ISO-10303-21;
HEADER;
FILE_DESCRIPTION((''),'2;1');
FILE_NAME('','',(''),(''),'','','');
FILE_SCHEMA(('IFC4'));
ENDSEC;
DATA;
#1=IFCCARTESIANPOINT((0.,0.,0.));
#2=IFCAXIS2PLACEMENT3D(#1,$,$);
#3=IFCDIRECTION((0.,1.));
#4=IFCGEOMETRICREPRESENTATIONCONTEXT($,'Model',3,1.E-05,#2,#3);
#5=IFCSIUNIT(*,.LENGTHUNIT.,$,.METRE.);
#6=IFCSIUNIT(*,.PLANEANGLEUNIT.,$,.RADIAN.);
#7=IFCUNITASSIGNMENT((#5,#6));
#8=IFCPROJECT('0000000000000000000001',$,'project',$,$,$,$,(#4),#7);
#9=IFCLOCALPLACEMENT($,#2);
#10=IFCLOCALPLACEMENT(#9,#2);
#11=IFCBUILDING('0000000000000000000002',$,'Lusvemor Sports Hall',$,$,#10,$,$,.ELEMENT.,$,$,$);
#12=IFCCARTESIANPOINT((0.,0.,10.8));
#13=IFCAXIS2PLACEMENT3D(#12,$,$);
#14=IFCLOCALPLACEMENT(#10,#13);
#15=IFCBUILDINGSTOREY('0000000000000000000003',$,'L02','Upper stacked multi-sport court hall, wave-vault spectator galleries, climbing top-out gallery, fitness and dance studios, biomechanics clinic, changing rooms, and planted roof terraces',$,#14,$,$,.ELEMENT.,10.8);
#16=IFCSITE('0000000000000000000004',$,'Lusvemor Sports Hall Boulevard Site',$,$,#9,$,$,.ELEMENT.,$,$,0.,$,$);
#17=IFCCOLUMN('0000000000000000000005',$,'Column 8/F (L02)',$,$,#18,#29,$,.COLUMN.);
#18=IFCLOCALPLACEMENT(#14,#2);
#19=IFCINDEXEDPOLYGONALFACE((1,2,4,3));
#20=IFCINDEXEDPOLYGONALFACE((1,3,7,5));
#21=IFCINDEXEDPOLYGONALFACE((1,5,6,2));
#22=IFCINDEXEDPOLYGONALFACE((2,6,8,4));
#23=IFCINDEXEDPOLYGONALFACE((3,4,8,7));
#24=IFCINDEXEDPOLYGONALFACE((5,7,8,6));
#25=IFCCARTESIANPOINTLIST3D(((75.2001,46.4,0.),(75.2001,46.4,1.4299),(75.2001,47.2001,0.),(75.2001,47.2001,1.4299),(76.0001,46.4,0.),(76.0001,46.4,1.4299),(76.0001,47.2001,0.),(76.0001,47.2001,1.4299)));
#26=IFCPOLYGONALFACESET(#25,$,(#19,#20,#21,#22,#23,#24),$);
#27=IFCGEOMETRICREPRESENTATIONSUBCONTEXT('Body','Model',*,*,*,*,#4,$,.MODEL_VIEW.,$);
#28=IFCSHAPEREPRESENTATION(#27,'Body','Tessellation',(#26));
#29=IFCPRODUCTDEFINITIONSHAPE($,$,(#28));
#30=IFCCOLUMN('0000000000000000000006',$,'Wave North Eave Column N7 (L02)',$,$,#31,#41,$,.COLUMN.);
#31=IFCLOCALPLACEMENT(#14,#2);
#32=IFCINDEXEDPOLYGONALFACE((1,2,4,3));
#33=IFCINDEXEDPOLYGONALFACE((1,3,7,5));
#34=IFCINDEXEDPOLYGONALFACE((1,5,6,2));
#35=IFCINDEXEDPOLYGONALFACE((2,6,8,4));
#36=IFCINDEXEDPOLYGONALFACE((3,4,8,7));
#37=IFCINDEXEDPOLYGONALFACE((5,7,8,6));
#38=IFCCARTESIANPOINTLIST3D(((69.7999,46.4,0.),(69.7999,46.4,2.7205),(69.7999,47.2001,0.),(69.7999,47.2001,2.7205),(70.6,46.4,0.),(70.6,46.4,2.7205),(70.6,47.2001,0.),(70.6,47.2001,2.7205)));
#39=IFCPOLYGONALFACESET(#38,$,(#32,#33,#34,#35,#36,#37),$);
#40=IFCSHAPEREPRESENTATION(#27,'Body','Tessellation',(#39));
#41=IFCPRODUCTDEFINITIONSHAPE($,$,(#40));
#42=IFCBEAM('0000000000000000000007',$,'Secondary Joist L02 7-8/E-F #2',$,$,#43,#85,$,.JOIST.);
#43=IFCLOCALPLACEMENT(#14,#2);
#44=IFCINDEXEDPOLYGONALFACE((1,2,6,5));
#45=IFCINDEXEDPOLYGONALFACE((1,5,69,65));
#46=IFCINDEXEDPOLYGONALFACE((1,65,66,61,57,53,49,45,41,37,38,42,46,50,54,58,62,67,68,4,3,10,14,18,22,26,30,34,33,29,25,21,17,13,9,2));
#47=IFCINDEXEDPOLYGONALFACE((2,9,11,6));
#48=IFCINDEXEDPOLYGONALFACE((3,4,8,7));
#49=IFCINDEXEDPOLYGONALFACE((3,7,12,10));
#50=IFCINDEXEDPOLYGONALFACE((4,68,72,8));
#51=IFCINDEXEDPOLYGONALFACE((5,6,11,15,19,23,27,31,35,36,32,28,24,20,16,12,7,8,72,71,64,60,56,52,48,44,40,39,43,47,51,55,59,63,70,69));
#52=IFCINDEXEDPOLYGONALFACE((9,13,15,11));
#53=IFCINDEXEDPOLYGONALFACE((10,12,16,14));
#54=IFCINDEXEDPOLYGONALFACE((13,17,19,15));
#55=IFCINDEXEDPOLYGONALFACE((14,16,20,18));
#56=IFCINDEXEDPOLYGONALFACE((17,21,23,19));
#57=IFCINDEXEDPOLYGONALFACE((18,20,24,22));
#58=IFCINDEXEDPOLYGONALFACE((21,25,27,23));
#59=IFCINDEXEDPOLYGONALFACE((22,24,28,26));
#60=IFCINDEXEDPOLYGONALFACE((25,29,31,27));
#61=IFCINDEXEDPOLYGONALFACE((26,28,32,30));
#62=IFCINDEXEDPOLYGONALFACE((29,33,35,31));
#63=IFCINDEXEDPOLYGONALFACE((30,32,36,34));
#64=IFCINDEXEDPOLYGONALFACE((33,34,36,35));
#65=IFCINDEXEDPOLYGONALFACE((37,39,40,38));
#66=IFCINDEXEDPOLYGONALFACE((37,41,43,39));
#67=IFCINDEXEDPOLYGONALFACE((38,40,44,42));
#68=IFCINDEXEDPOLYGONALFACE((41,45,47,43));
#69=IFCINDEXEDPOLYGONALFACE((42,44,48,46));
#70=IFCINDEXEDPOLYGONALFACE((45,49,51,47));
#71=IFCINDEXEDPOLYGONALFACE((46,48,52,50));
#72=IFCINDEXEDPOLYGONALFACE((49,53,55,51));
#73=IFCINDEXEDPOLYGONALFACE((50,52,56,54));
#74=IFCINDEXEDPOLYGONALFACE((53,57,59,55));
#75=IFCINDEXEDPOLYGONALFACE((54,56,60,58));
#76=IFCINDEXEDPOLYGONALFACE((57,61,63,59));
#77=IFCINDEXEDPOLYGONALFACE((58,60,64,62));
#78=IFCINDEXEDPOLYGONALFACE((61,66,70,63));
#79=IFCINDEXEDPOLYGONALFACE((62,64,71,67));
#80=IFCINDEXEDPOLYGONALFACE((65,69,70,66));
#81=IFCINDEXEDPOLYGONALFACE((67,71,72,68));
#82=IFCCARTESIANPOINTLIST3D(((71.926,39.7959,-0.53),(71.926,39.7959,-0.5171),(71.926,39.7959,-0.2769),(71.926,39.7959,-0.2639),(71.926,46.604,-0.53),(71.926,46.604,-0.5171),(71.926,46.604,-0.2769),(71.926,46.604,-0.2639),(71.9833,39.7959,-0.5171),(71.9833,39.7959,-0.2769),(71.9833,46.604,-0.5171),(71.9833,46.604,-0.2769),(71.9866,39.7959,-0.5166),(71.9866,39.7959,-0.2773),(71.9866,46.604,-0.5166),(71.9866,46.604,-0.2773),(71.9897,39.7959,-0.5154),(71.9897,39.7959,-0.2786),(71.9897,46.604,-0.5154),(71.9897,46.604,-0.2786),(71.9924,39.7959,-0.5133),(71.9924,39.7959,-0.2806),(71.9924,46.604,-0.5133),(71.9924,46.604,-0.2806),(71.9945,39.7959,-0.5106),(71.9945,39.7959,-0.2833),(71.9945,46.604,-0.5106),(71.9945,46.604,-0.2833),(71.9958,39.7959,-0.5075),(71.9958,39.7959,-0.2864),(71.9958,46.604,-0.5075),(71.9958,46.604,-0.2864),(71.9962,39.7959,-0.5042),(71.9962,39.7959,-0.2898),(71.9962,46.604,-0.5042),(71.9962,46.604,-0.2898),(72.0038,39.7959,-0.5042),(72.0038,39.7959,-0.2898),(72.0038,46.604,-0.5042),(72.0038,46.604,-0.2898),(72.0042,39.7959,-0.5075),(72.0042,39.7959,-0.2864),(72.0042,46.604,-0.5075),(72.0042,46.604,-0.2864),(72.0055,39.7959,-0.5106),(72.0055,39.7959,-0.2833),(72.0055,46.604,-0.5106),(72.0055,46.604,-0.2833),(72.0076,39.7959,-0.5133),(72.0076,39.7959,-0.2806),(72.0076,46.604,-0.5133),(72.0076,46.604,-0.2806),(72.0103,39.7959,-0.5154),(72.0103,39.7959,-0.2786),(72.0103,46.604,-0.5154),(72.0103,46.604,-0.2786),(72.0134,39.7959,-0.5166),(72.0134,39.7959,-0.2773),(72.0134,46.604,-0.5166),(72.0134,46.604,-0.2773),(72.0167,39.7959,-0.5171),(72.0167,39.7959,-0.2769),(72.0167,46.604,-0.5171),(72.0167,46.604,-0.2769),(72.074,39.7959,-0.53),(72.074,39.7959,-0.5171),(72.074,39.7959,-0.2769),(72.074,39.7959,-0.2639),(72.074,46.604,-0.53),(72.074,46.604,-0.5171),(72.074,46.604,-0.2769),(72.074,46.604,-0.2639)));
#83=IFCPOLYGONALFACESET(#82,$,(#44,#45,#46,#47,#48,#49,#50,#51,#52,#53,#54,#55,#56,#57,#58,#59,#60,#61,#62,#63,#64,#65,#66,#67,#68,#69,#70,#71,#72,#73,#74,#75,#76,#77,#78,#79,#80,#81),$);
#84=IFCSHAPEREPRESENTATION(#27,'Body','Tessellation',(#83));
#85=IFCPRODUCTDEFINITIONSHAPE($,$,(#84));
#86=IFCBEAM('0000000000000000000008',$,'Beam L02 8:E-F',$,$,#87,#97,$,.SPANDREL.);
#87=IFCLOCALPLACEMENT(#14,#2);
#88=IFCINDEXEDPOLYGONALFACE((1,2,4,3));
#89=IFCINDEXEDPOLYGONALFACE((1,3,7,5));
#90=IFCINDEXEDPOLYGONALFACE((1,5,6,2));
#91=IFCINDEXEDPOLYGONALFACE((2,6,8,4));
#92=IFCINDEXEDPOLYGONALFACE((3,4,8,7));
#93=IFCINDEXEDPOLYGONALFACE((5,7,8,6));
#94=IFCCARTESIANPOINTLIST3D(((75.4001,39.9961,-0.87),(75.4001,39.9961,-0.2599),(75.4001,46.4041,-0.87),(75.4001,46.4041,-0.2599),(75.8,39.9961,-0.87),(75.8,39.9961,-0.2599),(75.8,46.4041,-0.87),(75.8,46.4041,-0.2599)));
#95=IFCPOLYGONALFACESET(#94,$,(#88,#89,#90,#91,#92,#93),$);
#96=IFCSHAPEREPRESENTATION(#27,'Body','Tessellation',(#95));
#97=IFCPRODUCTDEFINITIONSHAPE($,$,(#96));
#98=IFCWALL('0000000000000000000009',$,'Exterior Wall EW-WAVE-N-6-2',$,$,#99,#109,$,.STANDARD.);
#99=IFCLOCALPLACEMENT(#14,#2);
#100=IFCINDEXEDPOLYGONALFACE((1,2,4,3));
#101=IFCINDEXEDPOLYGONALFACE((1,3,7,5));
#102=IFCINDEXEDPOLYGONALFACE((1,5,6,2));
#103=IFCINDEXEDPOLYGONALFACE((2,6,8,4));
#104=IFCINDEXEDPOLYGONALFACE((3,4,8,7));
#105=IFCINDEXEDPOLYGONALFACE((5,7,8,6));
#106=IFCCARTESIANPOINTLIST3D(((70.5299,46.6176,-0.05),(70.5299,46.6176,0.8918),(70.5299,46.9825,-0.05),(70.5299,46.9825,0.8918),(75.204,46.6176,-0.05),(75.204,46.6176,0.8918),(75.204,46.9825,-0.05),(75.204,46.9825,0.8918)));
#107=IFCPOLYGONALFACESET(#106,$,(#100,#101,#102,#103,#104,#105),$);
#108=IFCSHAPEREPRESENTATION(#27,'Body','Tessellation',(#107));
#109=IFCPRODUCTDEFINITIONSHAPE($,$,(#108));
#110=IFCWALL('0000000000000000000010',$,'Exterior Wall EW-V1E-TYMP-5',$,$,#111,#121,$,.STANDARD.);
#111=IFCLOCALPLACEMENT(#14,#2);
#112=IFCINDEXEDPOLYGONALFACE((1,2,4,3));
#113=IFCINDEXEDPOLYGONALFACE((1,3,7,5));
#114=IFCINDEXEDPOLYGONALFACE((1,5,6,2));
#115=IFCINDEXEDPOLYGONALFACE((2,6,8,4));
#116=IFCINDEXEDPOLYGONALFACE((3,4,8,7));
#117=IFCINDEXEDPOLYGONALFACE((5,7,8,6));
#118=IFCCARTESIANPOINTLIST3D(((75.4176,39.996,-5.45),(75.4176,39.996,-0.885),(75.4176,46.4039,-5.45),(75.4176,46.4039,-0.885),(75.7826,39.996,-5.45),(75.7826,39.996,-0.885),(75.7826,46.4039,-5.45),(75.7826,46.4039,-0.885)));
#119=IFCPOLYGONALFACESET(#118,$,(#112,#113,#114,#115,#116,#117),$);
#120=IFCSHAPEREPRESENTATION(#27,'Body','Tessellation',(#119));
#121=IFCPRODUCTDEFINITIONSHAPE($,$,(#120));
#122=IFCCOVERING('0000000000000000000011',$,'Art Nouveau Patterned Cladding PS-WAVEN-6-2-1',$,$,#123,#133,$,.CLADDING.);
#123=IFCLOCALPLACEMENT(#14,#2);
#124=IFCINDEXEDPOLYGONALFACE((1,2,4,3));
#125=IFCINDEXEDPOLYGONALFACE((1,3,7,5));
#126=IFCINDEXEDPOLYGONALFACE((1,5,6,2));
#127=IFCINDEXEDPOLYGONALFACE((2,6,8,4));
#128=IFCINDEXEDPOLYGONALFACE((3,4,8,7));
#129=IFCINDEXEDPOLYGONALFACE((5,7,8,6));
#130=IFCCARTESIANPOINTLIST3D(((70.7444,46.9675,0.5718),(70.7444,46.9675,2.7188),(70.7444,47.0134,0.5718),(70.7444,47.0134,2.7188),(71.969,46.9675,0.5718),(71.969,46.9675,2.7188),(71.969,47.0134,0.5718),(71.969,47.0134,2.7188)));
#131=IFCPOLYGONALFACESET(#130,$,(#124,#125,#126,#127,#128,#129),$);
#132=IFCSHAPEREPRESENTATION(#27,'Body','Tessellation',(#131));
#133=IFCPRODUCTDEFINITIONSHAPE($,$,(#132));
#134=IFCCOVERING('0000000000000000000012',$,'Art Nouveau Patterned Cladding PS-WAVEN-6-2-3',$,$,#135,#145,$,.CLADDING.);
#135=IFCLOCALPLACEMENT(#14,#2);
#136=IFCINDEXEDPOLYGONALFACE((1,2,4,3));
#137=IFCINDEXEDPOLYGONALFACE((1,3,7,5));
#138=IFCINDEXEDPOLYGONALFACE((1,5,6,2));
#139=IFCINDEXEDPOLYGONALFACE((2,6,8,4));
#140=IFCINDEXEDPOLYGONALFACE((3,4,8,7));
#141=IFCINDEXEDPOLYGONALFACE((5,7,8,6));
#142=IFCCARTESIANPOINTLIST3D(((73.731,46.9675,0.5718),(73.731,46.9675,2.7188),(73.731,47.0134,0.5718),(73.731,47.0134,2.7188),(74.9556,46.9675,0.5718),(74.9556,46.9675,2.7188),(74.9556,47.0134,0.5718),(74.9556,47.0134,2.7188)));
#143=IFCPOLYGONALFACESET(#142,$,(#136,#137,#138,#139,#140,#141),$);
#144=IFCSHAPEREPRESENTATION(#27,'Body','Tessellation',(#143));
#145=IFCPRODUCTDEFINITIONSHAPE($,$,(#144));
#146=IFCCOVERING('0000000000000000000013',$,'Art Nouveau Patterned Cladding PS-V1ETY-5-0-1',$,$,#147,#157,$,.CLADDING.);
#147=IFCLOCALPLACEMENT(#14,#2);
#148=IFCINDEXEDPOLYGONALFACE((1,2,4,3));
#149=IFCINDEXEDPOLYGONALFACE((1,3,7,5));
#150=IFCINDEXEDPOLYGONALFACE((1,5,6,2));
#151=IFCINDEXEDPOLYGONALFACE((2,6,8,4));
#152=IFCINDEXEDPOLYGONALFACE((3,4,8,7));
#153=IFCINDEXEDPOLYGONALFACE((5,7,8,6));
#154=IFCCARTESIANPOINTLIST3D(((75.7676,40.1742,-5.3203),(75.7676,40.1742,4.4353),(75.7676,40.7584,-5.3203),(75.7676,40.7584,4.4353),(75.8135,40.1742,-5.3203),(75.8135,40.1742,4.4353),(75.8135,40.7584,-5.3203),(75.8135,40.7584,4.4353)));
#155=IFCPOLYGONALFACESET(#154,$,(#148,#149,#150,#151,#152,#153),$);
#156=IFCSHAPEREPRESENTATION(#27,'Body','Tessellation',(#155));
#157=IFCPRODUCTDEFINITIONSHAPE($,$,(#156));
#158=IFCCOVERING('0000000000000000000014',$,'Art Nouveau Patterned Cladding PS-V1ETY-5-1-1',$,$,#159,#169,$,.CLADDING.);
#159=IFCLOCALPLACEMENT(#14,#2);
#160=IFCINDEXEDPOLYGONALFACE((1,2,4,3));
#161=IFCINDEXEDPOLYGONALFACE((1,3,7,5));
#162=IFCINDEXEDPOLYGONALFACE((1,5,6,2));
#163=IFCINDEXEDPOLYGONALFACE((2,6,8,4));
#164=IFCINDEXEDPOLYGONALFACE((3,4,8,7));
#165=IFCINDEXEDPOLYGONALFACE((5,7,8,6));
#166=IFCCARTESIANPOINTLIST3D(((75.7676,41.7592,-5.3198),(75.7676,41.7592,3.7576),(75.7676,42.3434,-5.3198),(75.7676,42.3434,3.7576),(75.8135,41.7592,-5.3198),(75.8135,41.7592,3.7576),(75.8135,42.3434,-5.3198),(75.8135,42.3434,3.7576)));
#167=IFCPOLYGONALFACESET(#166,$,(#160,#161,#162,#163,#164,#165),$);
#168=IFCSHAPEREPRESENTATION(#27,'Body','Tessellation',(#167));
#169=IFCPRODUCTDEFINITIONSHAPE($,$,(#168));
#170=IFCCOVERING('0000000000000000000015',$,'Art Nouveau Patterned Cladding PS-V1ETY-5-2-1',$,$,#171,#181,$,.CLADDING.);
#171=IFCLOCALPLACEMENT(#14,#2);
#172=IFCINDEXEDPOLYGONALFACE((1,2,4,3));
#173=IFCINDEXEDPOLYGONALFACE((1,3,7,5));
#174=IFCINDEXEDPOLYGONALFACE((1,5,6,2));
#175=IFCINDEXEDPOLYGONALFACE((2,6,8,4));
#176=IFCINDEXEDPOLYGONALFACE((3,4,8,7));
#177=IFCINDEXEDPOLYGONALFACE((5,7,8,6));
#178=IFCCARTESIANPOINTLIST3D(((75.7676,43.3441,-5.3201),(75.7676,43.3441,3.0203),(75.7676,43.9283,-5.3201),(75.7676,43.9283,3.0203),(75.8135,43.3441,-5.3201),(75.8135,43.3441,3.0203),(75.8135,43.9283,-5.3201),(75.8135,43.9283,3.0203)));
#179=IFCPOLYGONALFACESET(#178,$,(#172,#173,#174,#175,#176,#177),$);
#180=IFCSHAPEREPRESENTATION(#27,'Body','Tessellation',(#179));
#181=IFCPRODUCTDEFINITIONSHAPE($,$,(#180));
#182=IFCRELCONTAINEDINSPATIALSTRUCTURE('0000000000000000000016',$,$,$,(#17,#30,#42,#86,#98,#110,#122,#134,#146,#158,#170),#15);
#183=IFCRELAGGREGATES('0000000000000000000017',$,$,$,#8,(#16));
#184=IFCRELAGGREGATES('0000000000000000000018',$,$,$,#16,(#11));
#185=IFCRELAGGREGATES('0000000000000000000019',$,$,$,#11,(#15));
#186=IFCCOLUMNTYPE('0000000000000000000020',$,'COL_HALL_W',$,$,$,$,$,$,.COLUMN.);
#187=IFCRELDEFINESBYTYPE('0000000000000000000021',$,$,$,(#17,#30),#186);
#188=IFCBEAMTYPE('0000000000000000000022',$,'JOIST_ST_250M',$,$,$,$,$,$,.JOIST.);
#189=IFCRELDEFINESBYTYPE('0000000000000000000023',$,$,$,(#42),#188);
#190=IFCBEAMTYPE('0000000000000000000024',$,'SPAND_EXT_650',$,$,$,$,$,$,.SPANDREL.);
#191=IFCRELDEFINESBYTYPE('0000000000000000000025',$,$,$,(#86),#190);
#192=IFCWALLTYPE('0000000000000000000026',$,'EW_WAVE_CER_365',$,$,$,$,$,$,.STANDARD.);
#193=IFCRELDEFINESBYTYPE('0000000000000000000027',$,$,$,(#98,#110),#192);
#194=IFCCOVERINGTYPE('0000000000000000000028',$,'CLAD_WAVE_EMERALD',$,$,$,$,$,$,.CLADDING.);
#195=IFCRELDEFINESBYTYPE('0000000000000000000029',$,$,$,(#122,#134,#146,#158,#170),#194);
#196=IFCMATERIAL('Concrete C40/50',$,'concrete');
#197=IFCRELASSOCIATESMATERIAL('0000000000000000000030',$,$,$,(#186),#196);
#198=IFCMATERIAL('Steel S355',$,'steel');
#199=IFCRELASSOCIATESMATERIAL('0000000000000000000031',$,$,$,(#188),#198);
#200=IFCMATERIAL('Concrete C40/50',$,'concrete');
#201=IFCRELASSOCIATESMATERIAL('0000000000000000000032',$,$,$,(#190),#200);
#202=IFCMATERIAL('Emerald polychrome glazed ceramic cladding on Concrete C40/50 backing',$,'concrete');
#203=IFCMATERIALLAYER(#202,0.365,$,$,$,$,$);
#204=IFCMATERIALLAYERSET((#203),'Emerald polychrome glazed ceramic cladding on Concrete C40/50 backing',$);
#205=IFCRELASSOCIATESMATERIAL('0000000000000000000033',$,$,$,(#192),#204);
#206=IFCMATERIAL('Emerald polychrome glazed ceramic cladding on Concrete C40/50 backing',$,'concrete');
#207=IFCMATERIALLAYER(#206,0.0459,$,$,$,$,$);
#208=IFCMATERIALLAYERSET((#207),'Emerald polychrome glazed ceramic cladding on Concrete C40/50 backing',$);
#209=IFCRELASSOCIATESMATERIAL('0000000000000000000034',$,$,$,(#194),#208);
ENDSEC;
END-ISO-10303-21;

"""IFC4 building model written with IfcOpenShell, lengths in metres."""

from ifc_helpers import new_model, si_unit, direction, frame, frame_2d, origin, origin_2d, place, context, subcontext, project, spatial, rectangle, i_section, extrude, material, layer, layer_set, material_profile, profile_set, type_object, element, save


model = new_model("IFC4")

# Units and contexts
model_context = context("Model", 3, precision=1e-05, world=origin(), true_north=direction((0.0, 1.0)))
body_context = subcontext(model_context, "Body", "Model", "MODEL_VIEW")
ifc_project = project(units=[si_unit("LENGTHUNIT", "METRE"), si_unit("PLANEANGLEUNIT", "RADIAN")], contexts=[model_context])

# Site, building, storey
site_placement = place(None, origin())
site = spatial("IfcSite", under=ifc_project, at=site_placement, Name="Lusvemor Sports Hall Boulevard Site", CompositionType="ELEMENT", RefElevation=0.0)
building_placement = place(site_placement, origin())
building = spatial("IfcBuilding", under=site, at=building_placement, Name="Lusvemor Sports Hall", CompositionType="ELEMENT")
storey_placement = place(building_placement, frame((0.0, 0.0, 10.8)))
storey = spatial("IfcBuildingStorey", under=building, at=storey_placement, Name="L02", Description="Upper stacked multi-sport court hall, wave-vault spectator galleries, climbing top-out gallery, fitness and dance studios, biomechanics clinic, changing rooms, and planted roof terraces", CompositionType="ELEMENT", Elevation=10.8)

# Columns
ifc_material_1 = material(Name="Concrete C40/50", Category="concrete")
ifc_material_profile_1 = material_profile(ifc_material_1, rectangle(XDim=0.8, YDim=0.8, at=origin_2d()), Name="RC800x800")
ifc_profile_set_1 = profile_set([ifc_material_profile_1], Name="Concrete C40/50")
column_type = type_object("IfcColumnType", Name="COL_HALL_W", PredefinedType="COLUMN", material=ifc_profile_set_1)
column_1_placement = place(storey_placement, frame((75.6001, 46.8, 0.0), z_axis=(0.0, 0.0, 1.0), x_axis=(1.0, 0.0, 0.0)))
element("IfcColumn", 1, at=column_1_placement, inside=storey, type_object=column_type, Name="Column 8/F (L02)", PredefinedType="COLUMN", context=body_context, shape_type="SweptSolid", body=[
    extrude(rectangle(XDim=0.8, YDim=0.8, at=origin_2d()), origin(), (0.0, 0.0, 1.0), 1.4299),
])
column_2_placement = place(storey_placement, frame((70.2, 46.8, 0.0), z_axis=(0.0, 0.0, 1.0), x_axis=(1.0, 0.0, 0.0)))
element("IfcColumn", 2, at=column_2_placement, inside=storey, type_object=column_type, Name="Wave North Eave Column N7 (L02)", PredefinedType="COLUMN", context=body_context, shape_type="SweptSolid", body=[
    extrude(rectangle(XDim=0.8, YDim=0.8, at=origin_2d()), origin(), (0.0, 0.0, 1.0), 2.7205),
])

# Beams
ifc_material_2 = material(Name="Steel S355", Category="steel")
ifc_material_profile_2 = material_profile(ifc_material_2, i_section(OverallWidth=0.1479, OverallDepth=0.2661, WebThickness=0.0076, FlangeThickness=0.0129, FilletRadius=0.0129, at=origin_2d()), Name="W250x44.8")
ifc_profile_set_2 = profile_set([ifc_material_profile_2], Name="Steel S355")
beam_type_1 = type_object("IfcBeamType", Name="JOIST_ST_250M", PredefinedType="JOIST", material=ifc_profile_set_2)
beam_1_placement = place(storey_placement, frame((72.0, 39.7959, -0.397), z_axis=(0.0, 1.0, 0.0), x_axis=(-1.0, 0.0, 0.0)))
element("IfcBeam", 3, at=beam_1_placement, inside=storey, type_object=beam_type_1, Name="Secondary Joist L02 7-8/E-F #2", PredefinedType="JOIST", context=body_context, shape_type="SweptSolid", body=[
    extrude(i_section(OverallWidth=0.1479, OverallDepth=0.2661, WebThickness=0.0076, FlangeThickness=0.0129, FilletRadius=0.0129, at=origin_2d()), origin(), (0.0, 0.0, 1.0), 6.8081),
])
ifc_material_3 = material(Name="Concrete C40/50", Category="concrete")
ifc_material_profile_3 = material_profile(ifc_material_3, rectangle(XDim=0.3999, YDim=0.6101, at=origin_2d()), Name="RC400x610")
ifc_profile_set_3 = profile_set([ifc_material_profile_3], Name="Concrete C40/50")
beam_type_2 = type_object("IfcBeamType", Name="SPAND_EXT_650", PredefinedType="SPANDREL", material=ifc_profile_set_3)
beam_2_placement = place(storey_placement, frame((75.6001, 39.9961, -0.5649), z_axis=(0.0, 1.0, 0.0), x_axis=(-1.0, 0.0, 0.0)))
element("IfcBeam", 4, at=beam_2_placement, inside=storey, type_object=beam_type_2, Name="Beam L02 8:E-F", PredefinedType="SPANDREL", context=body_context, shape_type="SweptSolid", body=[
    extrude(rectangle(XDim=0.3999, YDim=0.6101, at=origin_2d()), origin(), (0.0, 0.0, 1.0), 6.408),
])

# Walls
ifc_material_4 = material(Name="Emerald polychrome glazed ceramic cladding on Concrete C40/50 backing", Category="concrete")
ifc_layer_1 = layer(ifc_material_4, 0.365)
ifc_layer_set_1 = layer_set([ifc_layer_1], Name="Emerald polychrome glazed ceramic cladding on Concrete C40/50 backing")
wall_type = type_object("IfcWallType", Name="EW_WAVE_CER_365", PredefinedType="STANDARD", material=ifc_layer_set_1)
wall_1_placement = place(storey_placement, frame((70.53, 46.8, -0.05), z_axis=(0.0, 0.0, 1.0), x_axis=(1.0, 0.0, 0.0)))
element("IfcWall", 5, at=wall_1_placement, inside=storey, type_object=wall_type, Name="Exterior Wall EW-WAVE-N-6-2", PredefinedType="STANDARD", context=body_context, shape_type="SweptSolid", body=[
    extrude(rectangle(XDim=4.6741, YDim=0.365, at=frame_2d((2.3369, 0.0))), origin(), (0.0, 0.0, 1.0), 0.9419),
])
wall_2_placement = place(storey_placement, frame((75.6001, 46.4041, -5.45), z_axis=(0.0, 0.0, 1.0), x_axis=(0.0, -1.0, 0.0)))
element("IfcWall", 6, at=wall_2_placement, inside=storey, type_object=wall_type, Name="Exterior Wall EW-V1E-TYMP-5", PredefinedType="STANDARD", context=body_context, shape_type="SweptSolid", body=[
    extrude(rectangle(XDim=6.408, YDim=0.365, at=frame_2d((3.2041, 0.0))), origin(), (0.0, 0.0, 1.0), 4.5649),
])

# Coverings
ifc_material_5 = material(Name="Emerald polychrome glazed ceramic cladding on Concrete C40/50 backing", Category="concrete")
ifc_layer_2 = layer(ifc_material_5, 0.0459)
ifc_layer_set_2 = layer_set([ifc_layer_2], Name="Emerald polychrome glazed ceramic cladding on Concrete C40/50 backing")
covering_type_1 = type_object("IfcCoveringType", Name="CLAD_WAVE_EMERALD", PredefinedType="CLADDING", material=ifc_layer_set_2)
for number, where, z_axis, x_axis, name in (
    (7, (71.3567, 46.9905, 0.5718), (0.0, 0.0, 1.0), (1.0, 0.0, 0.0), "Art Nouveau Patterned Cladding PS-WAVEN-6-2-1"),
    (8, (74.3433, 46.9905, 0.5718), (0.0, 0.0, 1.0), (1.0, 0.0, 0.0), "Art Nouveau Patterned Cladding PS-WAVEN-6-2-3"),
):
    element("IfcCovering", number, at=place(storey_placement, frame(where, z_axis=z_axis, x_axis=x_axis)), inside=storey, type_object=covering_type_1, Name=name, PredefinedType="CLADDING", context=body_context, shape_type="SweptSolid", body=[
        extrude(rectangle(XDim=1.2246, YDim=0.0459, at=origin_2d()), origin(), (0.0, 0.0, 1.0), 2.147),
    ])
covering_1_placement = place(storey_placement, frame((75.7905, 40.4663, -5.3203), z_axis=(0.0, 0.0, 1.0), x_axis=(1.0, 0.0, 0.0)))
element("IfcCovering", 9, at=covering_1_placement, inside=storey, type_object=covering_type_1, Name="Art Nouveau Patterned Cladding PS-V1ETY-5-0-1", PredefinedType="CLADDING", context=body_context, shape_type="SweptSolid", body=[
    extrude(rectangle(XDim=0.0459, YDim=0.5842, at=origin_2d()), origin(), (0.0, 0.0, 1.0), 9.7556),
])
covering_2_placement = place(storey_placement, frame((75.7905, 42.0513, -5.3198), z_axis=(0.0, 0.0, 1.0), x_axis=(1.0, 0.0, 0.0)))
element("IfcCovering", 10, at=covering_2_placement, inside=storey, type_object=covering_type_1, Name="Art Nouveau Patterned Cladding PS-V1ETY-5-1-1", PredefinedType="CLADDING", context=body_context, shape_type="SweptSolid", body=[
    extrude(rectangle(XDim=0.0459, YDim=0.5842, at=origin_2d()), origin(), (0.0, 0.0, 1.0), 9.0774),
])
covering_3_placement = place(storey_placement, frame((75.7905, 43.6362, -5.3201), z_axis=(0.0, 0.0, 1.0), x_axis=(1.0, 0.0, 0.0)))
element("IfcCovering", 11, at=covering_3_placement, inside=storey, type_object=covering_type_1, Name="Art Nouveau Patterned Cladding PS-V1ETY-5-2-1", PredefinedType="CLADDING", context=body_context, shape_type="SweptSolid", body=[
    extrude(rectangle(XDim=0.0459, YDim=0.5842, at=origin_2d()), origin(), (0.0, 0.0, 1.0), 8.3403),
])

save(model, "model.ifc")
